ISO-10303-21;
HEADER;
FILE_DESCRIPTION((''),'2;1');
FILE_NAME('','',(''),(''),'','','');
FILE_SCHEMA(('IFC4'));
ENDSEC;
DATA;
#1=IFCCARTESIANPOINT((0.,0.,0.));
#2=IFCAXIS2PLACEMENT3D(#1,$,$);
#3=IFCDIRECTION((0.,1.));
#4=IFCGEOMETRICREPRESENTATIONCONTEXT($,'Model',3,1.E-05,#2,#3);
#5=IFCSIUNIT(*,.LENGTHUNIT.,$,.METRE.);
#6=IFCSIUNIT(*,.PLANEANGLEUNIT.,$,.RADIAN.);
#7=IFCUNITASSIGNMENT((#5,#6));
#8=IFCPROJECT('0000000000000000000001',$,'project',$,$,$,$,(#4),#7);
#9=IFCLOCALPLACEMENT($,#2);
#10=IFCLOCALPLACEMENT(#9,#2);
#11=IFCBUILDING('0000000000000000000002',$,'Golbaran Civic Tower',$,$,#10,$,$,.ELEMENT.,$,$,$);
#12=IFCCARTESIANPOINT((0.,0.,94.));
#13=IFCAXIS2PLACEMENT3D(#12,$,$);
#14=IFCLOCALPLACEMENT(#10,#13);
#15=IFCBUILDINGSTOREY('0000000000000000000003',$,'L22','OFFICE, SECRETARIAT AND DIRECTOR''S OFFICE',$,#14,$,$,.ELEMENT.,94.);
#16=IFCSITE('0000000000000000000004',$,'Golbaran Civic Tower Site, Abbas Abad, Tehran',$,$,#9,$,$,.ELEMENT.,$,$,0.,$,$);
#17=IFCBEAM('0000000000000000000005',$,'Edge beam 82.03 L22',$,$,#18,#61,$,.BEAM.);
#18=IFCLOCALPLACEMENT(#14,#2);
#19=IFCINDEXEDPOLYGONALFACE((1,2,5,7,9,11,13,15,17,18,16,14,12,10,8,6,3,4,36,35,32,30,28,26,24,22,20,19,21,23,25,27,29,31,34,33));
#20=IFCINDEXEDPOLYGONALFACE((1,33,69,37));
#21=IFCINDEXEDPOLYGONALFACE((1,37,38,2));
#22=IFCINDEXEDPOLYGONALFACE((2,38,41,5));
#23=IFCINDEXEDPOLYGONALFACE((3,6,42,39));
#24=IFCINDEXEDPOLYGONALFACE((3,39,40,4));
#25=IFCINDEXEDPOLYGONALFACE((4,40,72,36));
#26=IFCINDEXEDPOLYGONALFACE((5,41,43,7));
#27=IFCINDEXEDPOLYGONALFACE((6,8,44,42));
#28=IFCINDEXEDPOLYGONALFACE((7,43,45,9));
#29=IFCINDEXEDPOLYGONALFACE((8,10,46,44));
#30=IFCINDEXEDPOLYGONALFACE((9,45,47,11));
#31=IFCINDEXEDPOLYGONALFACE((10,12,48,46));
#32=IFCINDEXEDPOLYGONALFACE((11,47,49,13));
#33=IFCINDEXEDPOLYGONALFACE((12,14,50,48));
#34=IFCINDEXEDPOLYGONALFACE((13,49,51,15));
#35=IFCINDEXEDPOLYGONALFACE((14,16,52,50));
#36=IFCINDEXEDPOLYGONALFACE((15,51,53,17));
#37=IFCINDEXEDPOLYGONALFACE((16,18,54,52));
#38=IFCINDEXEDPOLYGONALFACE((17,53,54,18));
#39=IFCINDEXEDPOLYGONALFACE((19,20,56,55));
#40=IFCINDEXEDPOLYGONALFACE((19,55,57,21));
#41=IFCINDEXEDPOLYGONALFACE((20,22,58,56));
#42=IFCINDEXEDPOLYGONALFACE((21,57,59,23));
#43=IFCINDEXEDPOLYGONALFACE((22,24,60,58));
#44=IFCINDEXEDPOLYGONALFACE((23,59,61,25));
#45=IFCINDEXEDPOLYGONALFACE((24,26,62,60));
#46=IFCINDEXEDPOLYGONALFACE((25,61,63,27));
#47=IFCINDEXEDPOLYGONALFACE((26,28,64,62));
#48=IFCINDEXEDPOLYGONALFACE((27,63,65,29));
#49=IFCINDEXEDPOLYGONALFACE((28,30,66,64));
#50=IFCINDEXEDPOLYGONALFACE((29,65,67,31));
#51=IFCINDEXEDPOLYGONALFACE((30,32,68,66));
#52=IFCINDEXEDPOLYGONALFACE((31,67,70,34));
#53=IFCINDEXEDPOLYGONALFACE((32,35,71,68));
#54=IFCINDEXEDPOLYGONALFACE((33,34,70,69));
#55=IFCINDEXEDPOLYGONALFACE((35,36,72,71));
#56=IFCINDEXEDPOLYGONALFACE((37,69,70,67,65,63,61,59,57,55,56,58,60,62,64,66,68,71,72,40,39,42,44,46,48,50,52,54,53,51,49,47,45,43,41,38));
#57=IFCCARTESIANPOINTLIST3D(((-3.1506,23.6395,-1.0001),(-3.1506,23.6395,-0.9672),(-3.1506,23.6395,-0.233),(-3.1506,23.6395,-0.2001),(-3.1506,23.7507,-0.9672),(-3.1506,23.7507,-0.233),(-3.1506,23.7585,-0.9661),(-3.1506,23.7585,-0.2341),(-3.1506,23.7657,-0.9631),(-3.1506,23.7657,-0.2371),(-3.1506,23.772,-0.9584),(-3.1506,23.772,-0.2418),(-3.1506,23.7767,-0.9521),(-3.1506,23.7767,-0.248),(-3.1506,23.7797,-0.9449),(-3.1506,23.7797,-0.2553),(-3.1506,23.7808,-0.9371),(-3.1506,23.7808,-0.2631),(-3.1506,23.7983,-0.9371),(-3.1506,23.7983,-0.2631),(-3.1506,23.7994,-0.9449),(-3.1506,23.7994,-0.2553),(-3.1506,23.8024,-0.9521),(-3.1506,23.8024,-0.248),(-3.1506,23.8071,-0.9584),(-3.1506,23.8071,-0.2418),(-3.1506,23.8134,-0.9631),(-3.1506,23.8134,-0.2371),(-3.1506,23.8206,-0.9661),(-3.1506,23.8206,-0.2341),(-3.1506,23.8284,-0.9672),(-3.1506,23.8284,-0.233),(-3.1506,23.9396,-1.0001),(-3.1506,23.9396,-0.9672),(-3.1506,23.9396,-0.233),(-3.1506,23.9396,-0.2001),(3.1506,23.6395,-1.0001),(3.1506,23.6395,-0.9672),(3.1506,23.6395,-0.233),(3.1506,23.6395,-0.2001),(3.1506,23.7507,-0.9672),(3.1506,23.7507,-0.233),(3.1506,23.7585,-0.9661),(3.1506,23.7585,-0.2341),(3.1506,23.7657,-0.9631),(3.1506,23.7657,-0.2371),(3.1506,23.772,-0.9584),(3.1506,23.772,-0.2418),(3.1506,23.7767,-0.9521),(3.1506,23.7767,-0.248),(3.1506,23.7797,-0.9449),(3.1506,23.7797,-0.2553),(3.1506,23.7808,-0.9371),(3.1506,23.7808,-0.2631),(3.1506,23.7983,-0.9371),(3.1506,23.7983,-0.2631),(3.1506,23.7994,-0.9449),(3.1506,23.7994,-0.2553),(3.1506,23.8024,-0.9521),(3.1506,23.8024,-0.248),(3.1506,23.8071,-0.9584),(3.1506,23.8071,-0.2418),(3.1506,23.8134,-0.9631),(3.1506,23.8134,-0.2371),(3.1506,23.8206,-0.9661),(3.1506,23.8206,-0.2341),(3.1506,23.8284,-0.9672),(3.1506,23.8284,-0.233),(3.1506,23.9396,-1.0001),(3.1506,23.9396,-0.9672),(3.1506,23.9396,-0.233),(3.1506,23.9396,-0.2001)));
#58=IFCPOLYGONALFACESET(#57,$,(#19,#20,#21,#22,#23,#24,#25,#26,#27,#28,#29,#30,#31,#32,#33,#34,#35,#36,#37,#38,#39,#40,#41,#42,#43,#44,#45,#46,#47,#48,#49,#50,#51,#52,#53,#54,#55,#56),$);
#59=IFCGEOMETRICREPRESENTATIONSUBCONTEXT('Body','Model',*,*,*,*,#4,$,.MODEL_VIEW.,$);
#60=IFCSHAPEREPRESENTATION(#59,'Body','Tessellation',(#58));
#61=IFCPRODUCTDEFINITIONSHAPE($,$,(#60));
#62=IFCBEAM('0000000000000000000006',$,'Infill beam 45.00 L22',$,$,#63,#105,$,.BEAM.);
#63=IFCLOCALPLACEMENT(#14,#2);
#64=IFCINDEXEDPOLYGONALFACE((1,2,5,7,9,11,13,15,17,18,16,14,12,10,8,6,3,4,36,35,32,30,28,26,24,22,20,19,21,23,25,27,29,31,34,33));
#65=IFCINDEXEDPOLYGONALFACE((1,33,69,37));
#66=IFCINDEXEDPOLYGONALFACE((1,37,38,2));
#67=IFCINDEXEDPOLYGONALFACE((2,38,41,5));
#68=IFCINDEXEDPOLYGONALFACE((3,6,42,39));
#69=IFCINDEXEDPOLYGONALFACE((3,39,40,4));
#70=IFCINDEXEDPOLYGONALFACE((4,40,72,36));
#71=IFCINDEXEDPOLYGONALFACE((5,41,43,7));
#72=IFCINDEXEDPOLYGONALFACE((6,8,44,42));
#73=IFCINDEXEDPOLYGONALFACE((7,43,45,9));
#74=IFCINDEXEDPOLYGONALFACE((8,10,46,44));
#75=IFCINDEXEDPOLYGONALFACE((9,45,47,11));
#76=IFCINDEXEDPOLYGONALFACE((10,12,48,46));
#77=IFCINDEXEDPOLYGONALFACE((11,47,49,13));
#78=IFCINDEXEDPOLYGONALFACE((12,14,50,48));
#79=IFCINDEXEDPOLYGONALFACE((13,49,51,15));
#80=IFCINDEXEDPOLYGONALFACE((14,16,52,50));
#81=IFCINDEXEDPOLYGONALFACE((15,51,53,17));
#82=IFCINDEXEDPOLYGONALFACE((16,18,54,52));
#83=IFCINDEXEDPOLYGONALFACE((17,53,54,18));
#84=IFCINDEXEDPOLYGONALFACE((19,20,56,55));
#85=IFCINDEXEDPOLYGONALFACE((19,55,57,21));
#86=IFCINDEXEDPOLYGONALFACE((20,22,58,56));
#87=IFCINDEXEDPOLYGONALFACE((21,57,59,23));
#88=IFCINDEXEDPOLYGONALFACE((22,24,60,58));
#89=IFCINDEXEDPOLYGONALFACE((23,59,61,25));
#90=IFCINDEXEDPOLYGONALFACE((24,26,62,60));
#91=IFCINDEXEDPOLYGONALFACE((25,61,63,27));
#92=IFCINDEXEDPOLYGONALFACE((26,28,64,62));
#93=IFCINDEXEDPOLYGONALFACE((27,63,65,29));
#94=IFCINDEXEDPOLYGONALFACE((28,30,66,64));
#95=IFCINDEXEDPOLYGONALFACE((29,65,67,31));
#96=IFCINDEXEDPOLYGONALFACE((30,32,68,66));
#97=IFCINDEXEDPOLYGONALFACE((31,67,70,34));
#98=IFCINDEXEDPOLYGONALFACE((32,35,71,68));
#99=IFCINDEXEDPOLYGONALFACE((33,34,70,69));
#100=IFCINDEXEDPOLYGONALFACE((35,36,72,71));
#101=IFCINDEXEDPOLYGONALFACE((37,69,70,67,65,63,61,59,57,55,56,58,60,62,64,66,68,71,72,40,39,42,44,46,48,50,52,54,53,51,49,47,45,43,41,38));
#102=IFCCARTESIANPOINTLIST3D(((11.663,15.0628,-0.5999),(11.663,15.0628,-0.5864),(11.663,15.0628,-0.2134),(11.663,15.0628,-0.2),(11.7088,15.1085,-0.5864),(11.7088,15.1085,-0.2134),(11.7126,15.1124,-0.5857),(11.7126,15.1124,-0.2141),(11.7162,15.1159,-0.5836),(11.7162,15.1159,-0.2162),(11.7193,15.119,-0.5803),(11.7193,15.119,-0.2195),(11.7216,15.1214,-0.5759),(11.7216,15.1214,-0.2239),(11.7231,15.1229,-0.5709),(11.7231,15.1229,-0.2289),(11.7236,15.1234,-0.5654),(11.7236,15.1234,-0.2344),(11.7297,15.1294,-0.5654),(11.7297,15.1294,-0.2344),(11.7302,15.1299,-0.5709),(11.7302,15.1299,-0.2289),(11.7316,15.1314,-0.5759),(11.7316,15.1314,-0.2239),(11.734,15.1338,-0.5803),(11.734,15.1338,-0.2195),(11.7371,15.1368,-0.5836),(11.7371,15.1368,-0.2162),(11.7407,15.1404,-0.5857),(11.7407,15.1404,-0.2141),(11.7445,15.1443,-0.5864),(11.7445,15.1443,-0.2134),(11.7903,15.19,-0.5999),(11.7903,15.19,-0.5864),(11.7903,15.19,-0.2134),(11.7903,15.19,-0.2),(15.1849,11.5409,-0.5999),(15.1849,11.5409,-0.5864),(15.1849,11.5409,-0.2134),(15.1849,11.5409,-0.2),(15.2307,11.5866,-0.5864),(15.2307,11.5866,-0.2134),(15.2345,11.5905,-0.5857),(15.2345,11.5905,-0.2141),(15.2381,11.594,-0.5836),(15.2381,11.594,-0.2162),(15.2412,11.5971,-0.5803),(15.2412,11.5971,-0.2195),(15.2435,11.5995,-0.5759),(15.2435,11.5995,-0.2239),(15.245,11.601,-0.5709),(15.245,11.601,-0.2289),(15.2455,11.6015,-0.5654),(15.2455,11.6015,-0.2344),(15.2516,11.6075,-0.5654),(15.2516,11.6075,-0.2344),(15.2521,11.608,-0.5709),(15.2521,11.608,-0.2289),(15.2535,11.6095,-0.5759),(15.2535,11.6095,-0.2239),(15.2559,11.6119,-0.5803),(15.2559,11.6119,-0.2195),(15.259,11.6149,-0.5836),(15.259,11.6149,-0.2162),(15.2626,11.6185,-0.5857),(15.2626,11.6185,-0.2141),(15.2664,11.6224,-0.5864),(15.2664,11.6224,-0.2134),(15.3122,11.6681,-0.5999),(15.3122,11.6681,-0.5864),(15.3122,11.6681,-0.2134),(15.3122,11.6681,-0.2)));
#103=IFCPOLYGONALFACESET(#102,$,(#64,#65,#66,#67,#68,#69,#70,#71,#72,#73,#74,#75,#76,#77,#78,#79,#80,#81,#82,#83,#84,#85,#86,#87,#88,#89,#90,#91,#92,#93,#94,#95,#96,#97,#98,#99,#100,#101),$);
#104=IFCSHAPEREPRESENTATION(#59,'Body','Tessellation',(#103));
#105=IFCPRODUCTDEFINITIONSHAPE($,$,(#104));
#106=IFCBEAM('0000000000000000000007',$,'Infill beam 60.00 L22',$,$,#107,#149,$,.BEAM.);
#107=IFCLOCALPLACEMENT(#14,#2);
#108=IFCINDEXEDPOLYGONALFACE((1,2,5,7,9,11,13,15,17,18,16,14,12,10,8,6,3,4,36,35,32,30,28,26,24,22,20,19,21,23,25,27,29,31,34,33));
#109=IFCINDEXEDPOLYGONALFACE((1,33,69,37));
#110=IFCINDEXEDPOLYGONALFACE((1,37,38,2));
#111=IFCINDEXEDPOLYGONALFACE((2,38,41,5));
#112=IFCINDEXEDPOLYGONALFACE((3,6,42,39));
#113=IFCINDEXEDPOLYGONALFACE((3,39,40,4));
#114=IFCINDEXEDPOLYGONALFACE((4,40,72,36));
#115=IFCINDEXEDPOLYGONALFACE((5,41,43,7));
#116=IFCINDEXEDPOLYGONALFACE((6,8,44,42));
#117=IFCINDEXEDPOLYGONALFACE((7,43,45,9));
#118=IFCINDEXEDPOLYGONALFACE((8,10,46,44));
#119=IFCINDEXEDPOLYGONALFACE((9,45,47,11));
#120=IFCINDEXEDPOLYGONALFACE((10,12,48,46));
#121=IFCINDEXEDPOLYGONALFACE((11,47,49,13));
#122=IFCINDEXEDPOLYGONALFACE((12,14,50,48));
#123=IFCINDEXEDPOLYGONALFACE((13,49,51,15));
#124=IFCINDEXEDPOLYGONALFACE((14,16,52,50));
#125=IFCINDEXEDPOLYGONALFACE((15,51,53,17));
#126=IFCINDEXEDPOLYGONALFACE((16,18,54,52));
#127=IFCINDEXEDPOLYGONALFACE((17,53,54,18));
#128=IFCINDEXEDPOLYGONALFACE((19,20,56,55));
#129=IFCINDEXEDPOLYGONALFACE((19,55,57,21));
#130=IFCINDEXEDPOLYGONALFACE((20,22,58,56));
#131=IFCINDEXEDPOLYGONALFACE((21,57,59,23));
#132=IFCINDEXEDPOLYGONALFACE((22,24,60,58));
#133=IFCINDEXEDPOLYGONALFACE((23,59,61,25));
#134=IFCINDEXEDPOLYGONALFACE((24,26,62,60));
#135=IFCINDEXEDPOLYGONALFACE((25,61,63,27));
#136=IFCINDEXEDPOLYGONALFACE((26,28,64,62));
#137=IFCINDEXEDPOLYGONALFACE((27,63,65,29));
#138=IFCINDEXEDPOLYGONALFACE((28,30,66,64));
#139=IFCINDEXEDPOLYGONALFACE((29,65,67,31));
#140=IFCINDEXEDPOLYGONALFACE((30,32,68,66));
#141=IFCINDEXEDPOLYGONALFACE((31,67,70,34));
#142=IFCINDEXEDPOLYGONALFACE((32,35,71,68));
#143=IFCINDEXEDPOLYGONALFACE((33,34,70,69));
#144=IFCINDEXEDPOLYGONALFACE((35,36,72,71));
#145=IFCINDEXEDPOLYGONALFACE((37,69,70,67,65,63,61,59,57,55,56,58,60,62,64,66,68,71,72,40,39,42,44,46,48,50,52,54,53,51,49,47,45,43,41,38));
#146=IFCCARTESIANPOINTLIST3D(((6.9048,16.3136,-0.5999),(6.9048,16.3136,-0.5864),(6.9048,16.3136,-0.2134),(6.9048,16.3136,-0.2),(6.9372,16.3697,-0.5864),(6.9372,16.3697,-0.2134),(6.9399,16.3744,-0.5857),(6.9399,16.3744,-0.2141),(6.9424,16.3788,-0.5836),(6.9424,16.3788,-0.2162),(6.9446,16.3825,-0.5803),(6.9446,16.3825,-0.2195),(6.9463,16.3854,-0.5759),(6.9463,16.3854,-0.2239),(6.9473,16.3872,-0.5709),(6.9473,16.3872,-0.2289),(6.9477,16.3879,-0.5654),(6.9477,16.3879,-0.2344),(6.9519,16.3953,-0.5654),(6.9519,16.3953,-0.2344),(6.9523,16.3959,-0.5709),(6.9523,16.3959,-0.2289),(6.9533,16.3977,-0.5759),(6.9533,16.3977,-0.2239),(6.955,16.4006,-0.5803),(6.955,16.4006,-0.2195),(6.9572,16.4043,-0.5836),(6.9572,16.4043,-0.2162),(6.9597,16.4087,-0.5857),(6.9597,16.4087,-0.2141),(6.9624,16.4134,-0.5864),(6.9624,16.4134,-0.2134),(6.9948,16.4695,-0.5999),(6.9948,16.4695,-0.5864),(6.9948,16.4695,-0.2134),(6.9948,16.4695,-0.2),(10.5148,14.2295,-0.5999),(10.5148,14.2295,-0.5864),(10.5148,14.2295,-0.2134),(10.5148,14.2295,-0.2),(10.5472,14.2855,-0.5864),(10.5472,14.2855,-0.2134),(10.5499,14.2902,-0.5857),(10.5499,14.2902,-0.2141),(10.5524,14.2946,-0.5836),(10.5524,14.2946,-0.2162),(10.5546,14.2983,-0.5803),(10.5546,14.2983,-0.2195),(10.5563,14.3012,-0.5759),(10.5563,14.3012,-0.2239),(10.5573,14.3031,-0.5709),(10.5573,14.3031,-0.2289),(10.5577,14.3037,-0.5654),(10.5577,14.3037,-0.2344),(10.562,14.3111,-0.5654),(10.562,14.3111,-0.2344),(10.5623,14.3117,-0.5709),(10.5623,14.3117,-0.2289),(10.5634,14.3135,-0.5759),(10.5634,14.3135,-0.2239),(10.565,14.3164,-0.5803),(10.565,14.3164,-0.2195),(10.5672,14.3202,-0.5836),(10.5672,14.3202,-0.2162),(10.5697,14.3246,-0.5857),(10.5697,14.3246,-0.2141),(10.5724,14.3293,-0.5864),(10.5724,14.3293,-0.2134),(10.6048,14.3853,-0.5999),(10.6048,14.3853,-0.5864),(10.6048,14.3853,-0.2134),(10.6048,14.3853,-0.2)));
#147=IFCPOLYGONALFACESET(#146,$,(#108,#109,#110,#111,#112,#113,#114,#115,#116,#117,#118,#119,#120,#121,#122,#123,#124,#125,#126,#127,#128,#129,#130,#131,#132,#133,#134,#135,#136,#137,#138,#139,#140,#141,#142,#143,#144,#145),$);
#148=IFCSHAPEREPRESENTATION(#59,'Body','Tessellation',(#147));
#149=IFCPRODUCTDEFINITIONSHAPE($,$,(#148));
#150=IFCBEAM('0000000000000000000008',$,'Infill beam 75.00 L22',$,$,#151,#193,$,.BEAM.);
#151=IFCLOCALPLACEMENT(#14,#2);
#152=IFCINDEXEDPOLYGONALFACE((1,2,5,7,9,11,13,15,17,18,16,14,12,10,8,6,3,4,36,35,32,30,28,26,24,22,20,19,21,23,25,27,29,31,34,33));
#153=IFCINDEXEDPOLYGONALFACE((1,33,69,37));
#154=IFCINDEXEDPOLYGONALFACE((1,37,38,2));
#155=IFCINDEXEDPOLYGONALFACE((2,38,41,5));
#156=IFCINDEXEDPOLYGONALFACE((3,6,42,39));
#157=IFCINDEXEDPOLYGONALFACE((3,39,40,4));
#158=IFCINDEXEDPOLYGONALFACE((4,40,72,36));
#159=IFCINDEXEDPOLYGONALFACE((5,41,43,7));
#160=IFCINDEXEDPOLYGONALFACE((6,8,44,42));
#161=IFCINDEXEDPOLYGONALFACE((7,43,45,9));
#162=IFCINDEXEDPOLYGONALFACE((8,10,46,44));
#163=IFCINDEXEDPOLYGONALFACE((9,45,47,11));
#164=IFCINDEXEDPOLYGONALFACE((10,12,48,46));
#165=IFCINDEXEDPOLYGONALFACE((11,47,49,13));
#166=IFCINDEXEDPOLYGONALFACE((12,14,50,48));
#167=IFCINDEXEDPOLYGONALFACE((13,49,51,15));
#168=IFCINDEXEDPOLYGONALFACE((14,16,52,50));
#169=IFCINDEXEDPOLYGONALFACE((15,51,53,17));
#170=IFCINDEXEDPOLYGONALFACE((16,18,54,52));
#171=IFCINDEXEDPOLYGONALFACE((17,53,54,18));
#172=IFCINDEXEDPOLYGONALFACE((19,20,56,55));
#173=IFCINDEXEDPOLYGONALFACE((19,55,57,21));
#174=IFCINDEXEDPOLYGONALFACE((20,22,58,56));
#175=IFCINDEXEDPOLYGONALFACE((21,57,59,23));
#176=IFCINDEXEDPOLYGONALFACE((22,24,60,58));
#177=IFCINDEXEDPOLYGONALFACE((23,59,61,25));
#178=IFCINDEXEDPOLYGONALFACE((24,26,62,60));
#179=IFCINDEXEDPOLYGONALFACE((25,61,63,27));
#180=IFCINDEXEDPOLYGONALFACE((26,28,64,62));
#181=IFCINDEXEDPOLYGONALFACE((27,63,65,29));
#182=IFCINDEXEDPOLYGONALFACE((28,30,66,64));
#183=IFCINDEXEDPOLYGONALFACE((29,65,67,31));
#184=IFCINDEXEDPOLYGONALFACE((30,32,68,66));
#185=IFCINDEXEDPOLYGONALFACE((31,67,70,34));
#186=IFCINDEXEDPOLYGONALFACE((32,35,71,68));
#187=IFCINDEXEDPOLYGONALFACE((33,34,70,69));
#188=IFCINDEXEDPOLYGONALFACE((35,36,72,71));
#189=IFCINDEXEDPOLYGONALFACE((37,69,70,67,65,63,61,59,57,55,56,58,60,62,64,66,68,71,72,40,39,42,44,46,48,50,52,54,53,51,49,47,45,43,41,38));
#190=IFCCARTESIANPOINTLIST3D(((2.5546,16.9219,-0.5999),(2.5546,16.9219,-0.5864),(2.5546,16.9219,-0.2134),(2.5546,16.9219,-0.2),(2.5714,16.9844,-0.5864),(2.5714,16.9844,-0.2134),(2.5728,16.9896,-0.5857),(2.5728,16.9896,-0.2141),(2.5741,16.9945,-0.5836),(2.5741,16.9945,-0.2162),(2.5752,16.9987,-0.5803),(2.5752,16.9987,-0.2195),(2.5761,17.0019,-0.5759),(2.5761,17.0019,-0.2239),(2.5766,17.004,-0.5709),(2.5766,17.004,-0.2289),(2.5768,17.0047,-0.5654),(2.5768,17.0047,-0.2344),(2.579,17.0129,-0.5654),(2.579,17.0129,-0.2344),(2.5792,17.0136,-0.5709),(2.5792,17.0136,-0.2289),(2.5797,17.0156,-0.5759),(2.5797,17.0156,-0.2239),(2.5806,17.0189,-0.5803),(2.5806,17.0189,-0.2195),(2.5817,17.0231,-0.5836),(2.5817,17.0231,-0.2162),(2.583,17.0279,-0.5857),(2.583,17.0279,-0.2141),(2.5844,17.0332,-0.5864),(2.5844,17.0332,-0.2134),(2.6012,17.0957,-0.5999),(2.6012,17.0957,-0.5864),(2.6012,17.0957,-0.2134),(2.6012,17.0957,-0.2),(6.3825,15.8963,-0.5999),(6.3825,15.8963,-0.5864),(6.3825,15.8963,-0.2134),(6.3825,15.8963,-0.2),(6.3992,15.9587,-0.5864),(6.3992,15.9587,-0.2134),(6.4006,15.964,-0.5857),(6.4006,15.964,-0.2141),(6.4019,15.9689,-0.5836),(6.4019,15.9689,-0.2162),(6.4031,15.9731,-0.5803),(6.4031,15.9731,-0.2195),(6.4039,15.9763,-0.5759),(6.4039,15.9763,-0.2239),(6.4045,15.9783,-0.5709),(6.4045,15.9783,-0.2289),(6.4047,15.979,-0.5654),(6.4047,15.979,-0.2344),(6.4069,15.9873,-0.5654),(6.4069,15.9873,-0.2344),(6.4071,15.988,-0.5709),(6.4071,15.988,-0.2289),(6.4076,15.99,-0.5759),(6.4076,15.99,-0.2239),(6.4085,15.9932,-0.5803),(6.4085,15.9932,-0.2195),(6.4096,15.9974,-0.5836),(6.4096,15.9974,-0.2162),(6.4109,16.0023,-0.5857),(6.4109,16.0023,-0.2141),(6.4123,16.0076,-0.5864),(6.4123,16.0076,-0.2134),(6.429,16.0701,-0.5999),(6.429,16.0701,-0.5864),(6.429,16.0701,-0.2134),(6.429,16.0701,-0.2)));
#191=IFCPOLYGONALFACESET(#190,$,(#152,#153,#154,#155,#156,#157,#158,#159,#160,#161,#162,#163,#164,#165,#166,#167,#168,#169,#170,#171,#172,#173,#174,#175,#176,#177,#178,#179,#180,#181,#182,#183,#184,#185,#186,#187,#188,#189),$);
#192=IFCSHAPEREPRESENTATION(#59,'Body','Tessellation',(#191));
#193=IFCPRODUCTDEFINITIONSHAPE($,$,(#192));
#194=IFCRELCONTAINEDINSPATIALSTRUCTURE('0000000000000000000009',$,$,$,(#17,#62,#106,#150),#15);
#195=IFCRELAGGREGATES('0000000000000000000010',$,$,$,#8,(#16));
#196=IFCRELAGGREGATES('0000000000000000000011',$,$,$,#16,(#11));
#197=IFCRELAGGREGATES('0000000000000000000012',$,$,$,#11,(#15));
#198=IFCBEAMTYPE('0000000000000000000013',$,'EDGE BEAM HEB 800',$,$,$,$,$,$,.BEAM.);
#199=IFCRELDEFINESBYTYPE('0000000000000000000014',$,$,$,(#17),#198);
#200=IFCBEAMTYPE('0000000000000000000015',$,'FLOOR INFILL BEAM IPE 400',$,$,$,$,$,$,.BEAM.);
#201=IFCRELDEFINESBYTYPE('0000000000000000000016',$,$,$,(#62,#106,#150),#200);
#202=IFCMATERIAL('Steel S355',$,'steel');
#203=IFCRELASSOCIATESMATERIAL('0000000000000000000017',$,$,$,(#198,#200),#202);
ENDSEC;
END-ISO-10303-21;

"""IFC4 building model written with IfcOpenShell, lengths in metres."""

from ifc_helpers import new_model, si_unit, direction, frame, origin, origin_2d, place, context, subcontext, project, spatial, i_section, extrude, material, material_profile, profile_set, type_object, element, save


model = new_model("IFC4")

# Units and contexts
model_context = context("Model", 3, precision=1e-05, world=origin(), true_north=direction((0.0, 1.0)))
body_context = subcontext(model_context, "Body", "Model", "MODEL_VIEW")
ifc_project = project(units=[si_unit("LENGTHUNIT", "METRE"), si_unit("PLANEANGLEUNIT", "RADIAN")], contexts=[model_context])

# Site, building, storey
site_placement = place(None, origin())
site = spatial("IfcSite", under=ifc_project, at=site_placement, Name="Golbaran Civic Tower Site, Abbas Abad, Tehran", CompositionType="ELEMENT", RefElevation=0.0)
building_placement = place(site_placement, origin())
building = spatial("IfcBuilding", under=site, at=building_placement, Name="Golbaran Civic Tower", CompositionType="ELEMENT")
storey_placement = place(building_placement, frame((0.0, 0.0, 94.0)))
storey = spatial("IfcBuildingStorey", under=building, at=storey_placement, Name="L22", Description="OFFICE, SECRETARIAT AND DIRECTOR'S OFFICE", CompositionType="ELEMENT", Elevation=94.0)

# Beams
ifc_material_1 = material(Name="Steel S355", Category="steel")
ifc_material_profile_1 = material_profile(ifc_material_1, i_section(OverallWidth=0.3, OverallDepth=0.8, WebThickness=0.0176, FlangeThickness=0.033, FilletRadius=0.03, at=origin_2d()), Name="HEB 800")
ifc_profile_set_1 = profile_set([ifc_material_profile_1], Name="Steel S355")
beam_type_1 = type_object("IfcBeamType", Name="EDGE BEAM HEB 800", PredefinedType="BEAM", material=ifc_profile_set_1)
beam_1_placement = place(storey_placement, frame((3.1506, 23.7896, -0.6001), z_axis=(-1.0, 0.0, 0.0), x_axis=(0.0, -1.0, 0.0)))
element("IfcBeam", 1, at=beam_1_placement, inside=storey, type_object=beam_type_1, Name="Edge beam 82.03 L22", PredefinedType="BEAM", context=body_context, shape_type="SweptSolid", body=[
    extrude(i_section(OverallWidth=0.3, OverallDepth=0.8, WebThickness=0.0176, FlangeThickness=0.033, FilletRadius=0.03, at=origin_2d()), origin(), (0.0, 0.0, 1.0), 6.3013),
])
ifc_material_profile_2 = material_profile(ifc_material_1, i_section(OverallWidth=0.1799, OverallDepth=0.3999, WebThickness=0.0085, FlangeThickness=0.0134, FilletRadius=0.021, at=origin_2d()), Name="IPE 400")
ifc_profile_set_2 = profile_set([ifc_material_profile_2], Name="Steel S355")
beam_type_2 = type_object("IfcBeamType", Name="FLOOR INFILL BEAM IPE 400", PredefinedType="BEAM", material=ifc_profile_set_2)
beam_2_placement = place(storey_placement, frame((15.2485, 11.6045, -0.3999), z_axis=(-0.707107, 0.707107, 0.0), x_axis=(-0.707107, -0.707107, 0.0)))
element("IfcBeam", 2, at=beam_2_placement, inside=storey, type_object=beam_type_2, Name="Infill beam 45.00 L22", PredefinedType="BEAM", context=body_context, shape_type="SweptSolid", body=[
    extrude(i_section(OverallWidth=0.1799, OverallDepth=0.3999, WebThickness=0.0085, FlangeThickness=0.0134, FilletRadius=0.021, at=origin_2d()), origin(), (0.0, 0.0, 1.0), 4.9807),
])
beam_3_placement = place(storey_placement, frame((10.5598, 14.3074, -0.3999), z_axis=(-0.866032, 0.499988, 0.0), x_axis=(-0.499988, -0.866032, 0.0)))
element("IfcBeam", 3, at=beam_3_placement, inside=storey, type_object=beam_type_2, Name="Infill beam 60.00 L22", PredefinedType="BEAM", context=body_context, shape_type="SweptSolid", body=[
    extrude(i_section(OverallWidth=0.1799, OverallDepth=0.3999, WebThickness=0.0085, FlangeThickness=0.0134, FilletRadius=0.021, at=origin_2d()), origin(), (0.0, 0.0, 1.0), 4.1685),
])
beam_4_placement = place(storey_placement, frame((6.4058, 15.9832, -0.3999), z_axis=(-0.965929, 0.258809, 0.0), x_axis=(-0.258809, -0.965929, 0.0)))
element("IfcBeam", 4, at=beam_4_placement, inside=storey, type_object=beam_type_2, Name="Infill beam 75.00 L22", PredefinedType="BEAM", context=body_context, shape_type="SweptSolid", body=[
    extrude(i_section(OverallWidth=0.1799, OverallDepth=0.3999, WebThickness=0.0085, FlangeThickness=0.0134, FilletRadius=0.021, at=origin_2d()), origin(), (0.0, 0.0, 1.0), 3.9629),
])

save(model, "model.ifc")
